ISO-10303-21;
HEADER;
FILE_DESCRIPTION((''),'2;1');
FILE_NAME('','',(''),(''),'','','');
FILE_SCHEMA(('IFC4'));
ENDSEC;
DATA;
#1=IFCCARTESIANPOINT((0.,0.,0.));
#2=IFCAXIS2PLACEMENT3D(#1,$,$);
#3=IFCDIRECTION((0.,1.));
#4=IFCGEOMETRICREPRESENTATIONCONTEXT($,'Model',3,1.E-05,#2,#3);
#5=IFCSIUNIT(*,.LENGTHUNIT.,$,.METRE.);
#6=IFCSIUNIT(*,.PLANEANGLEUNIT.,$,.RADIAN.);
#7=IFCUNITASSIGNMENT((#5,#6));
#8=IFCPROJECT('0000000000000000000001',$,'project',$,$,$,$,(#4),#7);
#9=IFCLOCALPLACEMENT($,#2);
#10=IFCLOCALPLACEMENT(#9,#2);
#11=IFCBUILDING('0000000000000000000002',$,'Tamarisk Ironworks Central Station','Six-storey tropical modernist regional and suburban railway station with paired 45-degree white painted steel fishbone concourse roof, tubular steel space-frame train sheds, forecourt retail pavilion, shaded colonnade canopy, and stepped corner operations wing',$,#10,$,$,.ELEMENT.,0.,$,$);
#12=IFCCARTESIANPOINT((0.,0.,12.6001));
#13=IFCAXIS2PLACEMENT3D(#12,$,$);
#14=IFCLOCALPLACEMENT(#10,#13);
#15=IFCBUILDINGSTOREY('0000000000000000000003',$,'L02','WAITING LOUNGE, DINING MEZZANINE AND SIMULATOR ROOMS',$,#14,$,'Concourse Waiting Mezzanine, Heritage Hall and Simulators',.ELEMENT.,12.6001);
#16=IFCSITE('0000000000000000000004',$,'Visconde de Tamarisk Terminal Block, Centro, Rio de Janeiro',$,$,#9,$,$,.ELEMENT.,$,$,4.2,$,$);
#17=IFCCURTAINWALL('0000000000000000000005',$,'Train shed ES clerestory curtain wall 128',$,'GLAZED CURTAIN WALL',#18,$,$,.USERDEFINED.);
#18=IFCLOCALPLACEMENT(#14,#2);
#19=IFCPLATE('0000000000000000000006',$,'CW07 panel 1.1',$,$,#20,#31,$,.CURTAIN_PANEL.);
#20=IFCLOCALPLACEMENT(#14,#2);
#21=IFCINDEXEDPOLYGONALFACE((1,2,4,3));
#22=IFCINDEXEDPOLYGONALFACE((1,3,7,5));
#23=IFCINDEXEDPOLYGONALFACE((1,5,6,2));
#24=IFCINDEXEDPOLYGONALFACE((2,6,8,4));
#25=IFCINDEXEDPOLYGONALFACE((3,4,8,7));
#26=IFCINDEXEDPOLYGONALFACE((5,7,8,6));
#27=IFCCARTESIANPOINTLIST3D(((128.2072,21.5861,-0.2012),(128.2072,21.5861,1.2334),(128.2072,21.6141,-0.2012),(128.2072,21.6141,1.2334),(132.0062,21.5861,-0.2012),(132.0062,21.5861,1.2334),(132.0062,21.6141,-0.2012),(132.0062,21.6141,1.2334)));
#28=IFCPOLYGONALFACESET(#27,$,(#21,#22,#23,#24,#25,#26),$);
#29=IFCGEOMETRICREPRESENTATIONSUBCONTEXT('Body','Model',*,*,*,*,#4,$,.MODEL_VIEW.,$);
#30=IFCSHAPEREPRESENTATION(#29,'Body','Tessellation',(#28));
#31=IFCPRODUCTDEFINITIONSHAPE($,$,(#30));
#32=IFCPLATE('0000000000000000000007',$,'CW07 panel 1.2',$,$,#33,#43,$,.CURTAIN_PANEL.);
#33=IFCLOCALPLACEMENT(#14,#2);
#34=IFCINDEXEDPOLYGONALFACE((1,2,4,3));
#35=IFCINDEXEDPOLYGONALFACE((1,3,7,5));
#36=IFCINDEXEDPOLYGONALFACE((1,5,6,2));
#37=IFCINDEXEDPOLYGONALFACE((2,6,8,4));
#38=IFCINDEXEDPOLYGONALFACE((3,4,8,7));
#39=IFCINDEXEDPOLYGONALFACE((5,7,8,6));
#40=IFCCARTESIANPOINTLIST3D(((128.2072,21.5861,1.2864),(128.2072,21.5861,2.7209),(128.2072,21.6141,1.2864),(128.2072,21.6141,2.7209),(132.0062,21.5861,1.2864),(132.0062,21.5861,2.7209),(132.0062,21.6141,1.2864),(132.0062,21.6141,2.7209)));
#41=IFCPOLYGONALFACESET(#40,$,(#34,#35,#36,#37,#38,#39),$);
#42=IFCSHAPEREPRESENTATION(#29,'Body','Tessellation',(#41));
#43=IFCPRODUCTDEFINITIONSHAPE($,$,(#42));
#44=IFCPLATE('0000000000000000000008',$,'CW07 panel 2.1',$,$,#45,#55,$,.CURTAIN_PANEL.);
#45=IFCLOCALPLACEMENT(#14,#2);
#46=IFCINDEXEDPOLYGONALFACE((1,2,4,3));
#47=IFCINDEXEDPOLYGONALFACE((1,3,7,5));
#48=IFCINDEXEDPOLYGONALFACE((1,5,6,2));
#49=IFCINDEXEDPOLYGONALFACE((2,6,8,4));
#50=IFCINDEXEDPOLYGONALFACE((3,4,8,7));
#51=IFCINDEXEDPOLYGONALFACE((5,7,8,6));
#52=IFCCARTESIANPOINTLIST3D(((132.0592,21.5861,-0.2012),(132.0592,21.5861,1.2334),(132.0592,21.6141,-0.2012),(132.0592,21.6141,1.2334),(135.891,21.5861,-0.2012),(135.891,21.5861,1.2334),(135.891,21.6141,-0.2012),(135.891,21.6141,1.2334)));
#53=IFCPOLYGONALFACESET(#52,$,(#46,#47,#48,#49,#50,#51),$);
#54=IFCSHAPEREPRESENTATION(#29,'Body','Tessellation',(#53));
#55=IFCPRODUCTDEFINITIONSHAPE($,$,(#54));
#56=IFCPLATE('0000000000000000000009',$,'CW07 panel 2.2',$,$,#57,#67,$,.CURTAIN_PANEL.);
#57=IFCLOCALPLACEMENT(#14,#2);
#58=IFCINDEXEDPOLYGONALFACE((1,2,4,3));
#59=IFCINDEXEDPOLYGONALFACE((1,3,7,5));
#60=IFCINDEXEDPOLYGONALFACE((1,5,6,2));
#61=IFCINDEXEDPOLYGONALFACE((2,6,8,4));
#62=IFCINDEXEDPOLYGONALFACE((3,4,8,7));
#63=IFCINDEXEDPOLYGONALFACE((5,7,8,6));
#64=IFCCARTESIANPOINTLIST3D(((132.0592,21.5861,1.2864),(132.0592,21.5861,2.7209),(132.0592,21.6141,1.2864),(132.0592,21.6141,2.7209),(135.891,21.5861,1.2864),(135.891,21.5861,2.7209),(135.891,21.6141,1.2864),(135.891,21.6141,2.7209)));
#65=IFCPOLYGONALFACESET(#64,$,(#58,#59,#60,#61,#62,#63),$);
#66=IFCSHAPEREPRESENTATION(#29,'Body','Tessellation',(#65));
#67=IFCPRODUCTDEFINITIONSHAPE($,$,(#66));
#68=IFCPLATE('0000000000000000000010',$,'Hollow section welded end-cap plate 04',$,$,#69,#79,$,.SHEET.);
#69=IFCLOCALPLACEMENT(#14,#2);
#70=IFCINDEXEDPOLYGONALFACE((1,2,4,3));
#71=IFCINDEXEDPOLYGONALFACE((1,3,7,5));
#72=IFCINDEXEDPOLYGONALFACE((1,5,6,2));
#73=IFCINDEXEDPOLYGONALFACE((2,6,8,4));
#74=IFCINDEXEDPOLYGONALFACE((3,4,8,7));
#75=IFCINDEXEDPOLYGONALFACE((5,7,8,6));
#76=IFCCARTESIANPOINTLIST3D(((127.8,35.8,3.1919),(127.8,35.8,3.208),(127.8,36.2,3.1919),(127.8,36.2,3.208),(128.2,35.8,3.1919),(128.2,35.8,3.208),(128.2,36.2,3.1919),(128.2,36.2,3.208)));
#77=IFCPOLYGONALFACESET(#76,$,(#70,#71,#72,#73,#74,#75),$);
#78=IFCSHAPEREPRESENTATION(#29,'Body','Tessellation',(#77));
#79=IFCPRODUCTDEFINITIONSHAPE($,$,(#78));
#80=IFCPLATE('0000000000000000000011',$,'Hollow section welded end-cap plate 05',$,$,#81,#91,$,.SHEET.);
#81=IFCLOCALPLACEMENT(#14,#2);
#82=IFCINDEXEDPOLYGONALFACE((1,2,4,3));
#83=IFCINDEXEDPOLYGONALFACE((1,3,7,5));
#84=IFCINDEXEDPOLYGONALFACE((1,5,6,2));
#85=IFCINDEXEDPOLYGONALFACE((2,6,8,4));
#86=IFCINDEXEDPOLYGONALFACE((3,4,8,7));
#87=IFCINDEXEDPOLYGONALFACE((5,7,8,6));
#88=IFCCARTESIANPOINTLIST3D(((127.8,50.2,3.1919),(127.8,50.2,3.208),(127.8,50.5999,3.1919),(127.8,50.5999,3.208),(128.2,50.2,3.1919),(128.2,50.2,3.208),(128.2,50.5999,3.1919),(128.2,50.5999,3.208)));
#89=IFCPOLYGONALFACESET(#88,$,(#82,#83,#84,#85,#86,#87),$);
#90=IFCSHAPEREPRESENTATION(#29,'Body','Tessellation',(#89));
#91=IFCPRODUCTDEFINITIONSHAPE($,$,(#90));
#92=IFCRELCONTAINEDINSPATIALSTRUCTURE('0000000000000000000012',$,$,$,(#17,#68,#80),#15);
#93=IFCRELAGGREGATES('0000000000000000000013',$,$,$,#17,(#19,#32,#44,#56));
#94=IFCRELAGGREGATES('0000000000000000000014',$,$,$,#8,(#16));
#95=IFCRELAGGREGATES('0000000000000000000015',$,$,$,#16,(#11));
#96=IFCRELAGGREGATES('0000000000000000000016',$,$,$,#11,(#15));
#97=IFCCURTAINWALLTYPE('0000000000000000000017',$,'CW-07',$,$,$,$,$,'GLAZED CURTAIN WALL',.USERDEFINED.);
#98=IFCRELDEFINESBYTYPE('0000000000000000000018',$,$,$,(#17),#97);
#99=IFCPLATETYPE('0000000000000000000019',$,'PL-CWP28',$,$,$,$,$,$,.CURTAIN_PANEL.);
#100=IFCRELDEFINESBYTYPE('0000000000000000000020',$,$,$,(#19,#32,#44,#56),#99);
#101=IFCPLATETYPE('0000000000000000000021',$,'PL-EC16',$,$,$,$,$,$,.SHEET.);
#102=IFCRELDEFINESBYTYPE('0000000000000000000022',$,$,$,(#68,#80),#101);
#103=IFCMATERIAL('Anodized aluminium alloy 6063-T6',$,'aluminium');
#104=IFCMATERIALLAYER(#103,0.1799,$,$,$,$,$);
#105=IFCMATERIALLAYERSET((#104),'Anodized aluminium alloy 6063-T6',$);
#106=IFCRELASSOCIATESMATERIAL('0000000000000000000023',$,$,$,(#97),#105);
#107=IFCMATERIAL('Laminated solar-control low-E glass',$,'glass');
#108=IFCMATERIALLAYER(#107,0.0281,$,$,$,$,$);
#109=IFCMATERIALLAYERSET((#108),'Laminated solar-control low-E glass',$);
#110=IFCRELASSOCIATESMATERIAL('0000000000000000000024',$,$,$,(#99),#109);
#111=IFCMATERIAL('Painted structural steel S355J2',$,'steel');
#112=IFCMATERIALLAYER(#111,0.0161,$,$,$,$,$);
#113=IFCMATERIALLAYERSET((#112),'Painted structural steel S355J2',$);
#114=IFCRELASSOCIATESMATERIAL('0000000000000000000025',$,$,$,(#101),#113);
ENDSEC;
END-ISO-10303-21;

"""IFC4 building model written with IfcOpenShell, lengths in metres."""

from ifc_helpers import new_model, si_unit, direction, frame, origin, origin_2d, place, context, subcontext, project, spatial, rectangle, extrude, material, layer, layer_set, type_object, element, aggregate, save


model = new_model("IFC4")

# Units and contexts
model_context = context("Model", 3, precision=1e-05, world=origin(), true_north=direction((0.0, 1.0)))
body_context = subcontext(model_context, "Body", "Model", "MODEL_VIEW")
ifc_project = project(units=[si_unit("LENGTHUNIT", "METRE"), si_unit("PLANEANGLEUNIT", "RADIAN")], contexts=[model_context])

# Site, building, storey
site_placement = place(None, origin())
site = spatial("IfcSite", under=ifc_project, at=site_placement, Name="Visconde de Tamarisk Terminal Block, Centro, Rio de Janeiro", CompositionType="ELEMENT", RefElevation=4.2)
building_placement = place(site_placement, origin())
building = spatial("IfcBuilding", under=site, at=building_placement, Name="Tamarisk Ironworks Central Station", Description="Six-storey tropical modernist regional and suburban railway station with paired 45-degree white painted steel fishbone concourse roof, tubular steel space-frame train sheds, forecourt retail pavilion, shaded colonnade canopy, and stepped corner operations wing", CompositionType="ELEMENT", ElevationOfRefHeight=0.0)
storey_placement = place(building_placement, frame((0.0, 0.0, 12.6001)))
storey = spatial("IfcBuildingStorey", under=building, at=storey_placement, Name="L02", Description="WAITING LOUNGE, DINING MEZZANINE AND SIMULATOR ROOMS", LongName="Concourse Waiting Mezzanine, Heritage Hall and Simulators", CompositionType="ELEMENT", Elevation=12.6001)

# Shared definitions
ifc_material_1 = material(Name="Anodized aluminium alloy 6063-T6", Category="aluminium")
ifc_layer_1 = layer(ifc_material_1, 0.1799)
ifc_layer_set_1 = layer_set([ifc_layer_1], Name="Anodized aluminium alloy 6063-T6")
curtain_wall_type = type_object("IfcCurtainWallType", Name="CW-07", ElementType="GLAZED CURTAIN WALL", PredefinedType="USERDEFINED", material=ifc_layer_set_1)

# Curtain wall
curtain_wall_1_placement = place(storey_placement, origin())
curtain_wall_1 = element("IfcCurtainWall", 1, at=curtain_wall_1_placement, inside=storey, type_object=curtain_wall_type, Name="Train shed ES clerestory curtain wall 128", ObjectType="GLAZED CURTAIN WALL", PredefinedType="USERDEFINED")

# Plates
ifc_material_2 = material(Name="Laminated solar-control low-E glass", Category="glass")
ifc_layer_2 = layer(ifc_material_2, 0.0281)
ifc_layer_set_2 = layer_set([ifc_layer_2], Name="Laminated solar-control low-E glass")
plate_type_1 = type_object("IfcPlateType", Name="PL-CWP28", PredefinedType="CURTAIN_PANEL", material=ifc_layer_set_2)
plate_1_placement = place(storey_placement, frame((130.1067, 21.6001, -0.2012), z_axis=(0.0, 0.0, 1.0), x_axis=(1.0, 0.0, 0.0)))
plate_1 = element("IfcPlate", 2, at=plate_1_placement, type_object=plate_type_1, Name="CW07 panel 1.1", PredefinedType="CURTAIN_PANEL", context=body_context, shape_type="SweptSolid", body=[
    extrude(rectangle(XDim=3.7991, YDim=0.0281, at=origin_2d()), origin(), (0.0, 0.0, 1.0), 1.4346),
])
plate_2_placement = place(storey_placement, frame((130.1067, 21.6001, 1.2864), z_axis=(0.0, 0.0, 1.0), x_axis=(1.0, 0.0, 0.0)))
plate_2 = element("IfcPlate", 3, at=plate_2_placement, type_object=plate_type_1, Name="CW07 panel 1.2", PredefinedType="CURTAIN_PANEL", context=body_context, shape_type="SweptSolid", body=[
    extrude(rectangle(XDim=3.7991, YDim=0.0281, at=origin_2d()), origin(), (0.0, 0.0, 1.0), 1.4346),
])
plate_3_placement = place(storey_placement, frame((133.9751, 21.6001, -0.2012), z_axis=(0.0, 0.0, 1.0), x_axis=(1.0, 0.0, 0.0)))
plate_3 = element("IfcPlate", 4, at=plate_3_placement, type_object=plate_type_1, Name="CW07 panel 2.1", PredefinedType="CURTAIN_PANEL", context=body_context, shape_type="SweptSolid", body=[
    extrude(rectangle(XDim=3.8318, YDim=0.0281, at=origin_2d()), origin(), (0.0, 0.0, 1.0), 1.4346),
])
plate_4_placement = place(storey_placement, frame((133.9751, 21.6001, 1.2864), z_axis=(0.0, 0.0, 1.0), x_axis=(1.0, 0.0, 0.0)))
plate_4 = element("IfcPlate", 5, at=plate_4_placement, type_object=plate_type_1, Name="CW07 panel 2.2", PredefinedType="CURTAIN_PANEL", context=body_context, shape_type="SweptSolid", body=[
    extrude(rectangle(XDim=3.8318, YDim=0.0281, at=origin_2d()), origin(), (0.0, 0.0, 1.0), 1.4346),
])
aggregate(curtain_wall_1, [plate_1, plate_2, plate_3, plate_4])

# Plates
ifc_material_3 = material(Name="Painted structural steel S355J2", Category="steel")
ifc_layer_3 = layer(ifc_material_3, 0.0161)
ifc_layer_set_3 = layer_set([ifc_layer_3], Name="Painted structural steel S355J2")
plate_type_2 = type_object("IfcPlateType", Name="PL-EC16", PredefinedType="SHEET", material=ifc_layer_set_3)
for number, where, z_axis, x_axis, name in (
    (6, (128.0, 36.0, 3.1919), (0.0, 0.0, 1.0), (1.0, 0.0, 0.0), "Hollow section welded end-cap plate 04"),
    (7, (128.0, 50.3999, 3.1919), (0.0, 0.0, 1.0), (1.0, 0.0, 0.0), "Hollow section welded end-cap plate 05"),
):
    element("IfcPlate", number, at=place(storey_placement, frame(where, z_axis=z_axis, x_axis=x_axis)), inside=storey, type_object=plate_type_2, Name=name, PredefinedType="SHEET", context=body_context, shape_type="SweptSolid", body=[
        extrude(rectangle(XDim=0.3999, YDim=0.3999, at=origin_2d()), origin(), (0.0, 0.0, 1.0), 0.0161),
    ])

save(model, "model.ifc")
